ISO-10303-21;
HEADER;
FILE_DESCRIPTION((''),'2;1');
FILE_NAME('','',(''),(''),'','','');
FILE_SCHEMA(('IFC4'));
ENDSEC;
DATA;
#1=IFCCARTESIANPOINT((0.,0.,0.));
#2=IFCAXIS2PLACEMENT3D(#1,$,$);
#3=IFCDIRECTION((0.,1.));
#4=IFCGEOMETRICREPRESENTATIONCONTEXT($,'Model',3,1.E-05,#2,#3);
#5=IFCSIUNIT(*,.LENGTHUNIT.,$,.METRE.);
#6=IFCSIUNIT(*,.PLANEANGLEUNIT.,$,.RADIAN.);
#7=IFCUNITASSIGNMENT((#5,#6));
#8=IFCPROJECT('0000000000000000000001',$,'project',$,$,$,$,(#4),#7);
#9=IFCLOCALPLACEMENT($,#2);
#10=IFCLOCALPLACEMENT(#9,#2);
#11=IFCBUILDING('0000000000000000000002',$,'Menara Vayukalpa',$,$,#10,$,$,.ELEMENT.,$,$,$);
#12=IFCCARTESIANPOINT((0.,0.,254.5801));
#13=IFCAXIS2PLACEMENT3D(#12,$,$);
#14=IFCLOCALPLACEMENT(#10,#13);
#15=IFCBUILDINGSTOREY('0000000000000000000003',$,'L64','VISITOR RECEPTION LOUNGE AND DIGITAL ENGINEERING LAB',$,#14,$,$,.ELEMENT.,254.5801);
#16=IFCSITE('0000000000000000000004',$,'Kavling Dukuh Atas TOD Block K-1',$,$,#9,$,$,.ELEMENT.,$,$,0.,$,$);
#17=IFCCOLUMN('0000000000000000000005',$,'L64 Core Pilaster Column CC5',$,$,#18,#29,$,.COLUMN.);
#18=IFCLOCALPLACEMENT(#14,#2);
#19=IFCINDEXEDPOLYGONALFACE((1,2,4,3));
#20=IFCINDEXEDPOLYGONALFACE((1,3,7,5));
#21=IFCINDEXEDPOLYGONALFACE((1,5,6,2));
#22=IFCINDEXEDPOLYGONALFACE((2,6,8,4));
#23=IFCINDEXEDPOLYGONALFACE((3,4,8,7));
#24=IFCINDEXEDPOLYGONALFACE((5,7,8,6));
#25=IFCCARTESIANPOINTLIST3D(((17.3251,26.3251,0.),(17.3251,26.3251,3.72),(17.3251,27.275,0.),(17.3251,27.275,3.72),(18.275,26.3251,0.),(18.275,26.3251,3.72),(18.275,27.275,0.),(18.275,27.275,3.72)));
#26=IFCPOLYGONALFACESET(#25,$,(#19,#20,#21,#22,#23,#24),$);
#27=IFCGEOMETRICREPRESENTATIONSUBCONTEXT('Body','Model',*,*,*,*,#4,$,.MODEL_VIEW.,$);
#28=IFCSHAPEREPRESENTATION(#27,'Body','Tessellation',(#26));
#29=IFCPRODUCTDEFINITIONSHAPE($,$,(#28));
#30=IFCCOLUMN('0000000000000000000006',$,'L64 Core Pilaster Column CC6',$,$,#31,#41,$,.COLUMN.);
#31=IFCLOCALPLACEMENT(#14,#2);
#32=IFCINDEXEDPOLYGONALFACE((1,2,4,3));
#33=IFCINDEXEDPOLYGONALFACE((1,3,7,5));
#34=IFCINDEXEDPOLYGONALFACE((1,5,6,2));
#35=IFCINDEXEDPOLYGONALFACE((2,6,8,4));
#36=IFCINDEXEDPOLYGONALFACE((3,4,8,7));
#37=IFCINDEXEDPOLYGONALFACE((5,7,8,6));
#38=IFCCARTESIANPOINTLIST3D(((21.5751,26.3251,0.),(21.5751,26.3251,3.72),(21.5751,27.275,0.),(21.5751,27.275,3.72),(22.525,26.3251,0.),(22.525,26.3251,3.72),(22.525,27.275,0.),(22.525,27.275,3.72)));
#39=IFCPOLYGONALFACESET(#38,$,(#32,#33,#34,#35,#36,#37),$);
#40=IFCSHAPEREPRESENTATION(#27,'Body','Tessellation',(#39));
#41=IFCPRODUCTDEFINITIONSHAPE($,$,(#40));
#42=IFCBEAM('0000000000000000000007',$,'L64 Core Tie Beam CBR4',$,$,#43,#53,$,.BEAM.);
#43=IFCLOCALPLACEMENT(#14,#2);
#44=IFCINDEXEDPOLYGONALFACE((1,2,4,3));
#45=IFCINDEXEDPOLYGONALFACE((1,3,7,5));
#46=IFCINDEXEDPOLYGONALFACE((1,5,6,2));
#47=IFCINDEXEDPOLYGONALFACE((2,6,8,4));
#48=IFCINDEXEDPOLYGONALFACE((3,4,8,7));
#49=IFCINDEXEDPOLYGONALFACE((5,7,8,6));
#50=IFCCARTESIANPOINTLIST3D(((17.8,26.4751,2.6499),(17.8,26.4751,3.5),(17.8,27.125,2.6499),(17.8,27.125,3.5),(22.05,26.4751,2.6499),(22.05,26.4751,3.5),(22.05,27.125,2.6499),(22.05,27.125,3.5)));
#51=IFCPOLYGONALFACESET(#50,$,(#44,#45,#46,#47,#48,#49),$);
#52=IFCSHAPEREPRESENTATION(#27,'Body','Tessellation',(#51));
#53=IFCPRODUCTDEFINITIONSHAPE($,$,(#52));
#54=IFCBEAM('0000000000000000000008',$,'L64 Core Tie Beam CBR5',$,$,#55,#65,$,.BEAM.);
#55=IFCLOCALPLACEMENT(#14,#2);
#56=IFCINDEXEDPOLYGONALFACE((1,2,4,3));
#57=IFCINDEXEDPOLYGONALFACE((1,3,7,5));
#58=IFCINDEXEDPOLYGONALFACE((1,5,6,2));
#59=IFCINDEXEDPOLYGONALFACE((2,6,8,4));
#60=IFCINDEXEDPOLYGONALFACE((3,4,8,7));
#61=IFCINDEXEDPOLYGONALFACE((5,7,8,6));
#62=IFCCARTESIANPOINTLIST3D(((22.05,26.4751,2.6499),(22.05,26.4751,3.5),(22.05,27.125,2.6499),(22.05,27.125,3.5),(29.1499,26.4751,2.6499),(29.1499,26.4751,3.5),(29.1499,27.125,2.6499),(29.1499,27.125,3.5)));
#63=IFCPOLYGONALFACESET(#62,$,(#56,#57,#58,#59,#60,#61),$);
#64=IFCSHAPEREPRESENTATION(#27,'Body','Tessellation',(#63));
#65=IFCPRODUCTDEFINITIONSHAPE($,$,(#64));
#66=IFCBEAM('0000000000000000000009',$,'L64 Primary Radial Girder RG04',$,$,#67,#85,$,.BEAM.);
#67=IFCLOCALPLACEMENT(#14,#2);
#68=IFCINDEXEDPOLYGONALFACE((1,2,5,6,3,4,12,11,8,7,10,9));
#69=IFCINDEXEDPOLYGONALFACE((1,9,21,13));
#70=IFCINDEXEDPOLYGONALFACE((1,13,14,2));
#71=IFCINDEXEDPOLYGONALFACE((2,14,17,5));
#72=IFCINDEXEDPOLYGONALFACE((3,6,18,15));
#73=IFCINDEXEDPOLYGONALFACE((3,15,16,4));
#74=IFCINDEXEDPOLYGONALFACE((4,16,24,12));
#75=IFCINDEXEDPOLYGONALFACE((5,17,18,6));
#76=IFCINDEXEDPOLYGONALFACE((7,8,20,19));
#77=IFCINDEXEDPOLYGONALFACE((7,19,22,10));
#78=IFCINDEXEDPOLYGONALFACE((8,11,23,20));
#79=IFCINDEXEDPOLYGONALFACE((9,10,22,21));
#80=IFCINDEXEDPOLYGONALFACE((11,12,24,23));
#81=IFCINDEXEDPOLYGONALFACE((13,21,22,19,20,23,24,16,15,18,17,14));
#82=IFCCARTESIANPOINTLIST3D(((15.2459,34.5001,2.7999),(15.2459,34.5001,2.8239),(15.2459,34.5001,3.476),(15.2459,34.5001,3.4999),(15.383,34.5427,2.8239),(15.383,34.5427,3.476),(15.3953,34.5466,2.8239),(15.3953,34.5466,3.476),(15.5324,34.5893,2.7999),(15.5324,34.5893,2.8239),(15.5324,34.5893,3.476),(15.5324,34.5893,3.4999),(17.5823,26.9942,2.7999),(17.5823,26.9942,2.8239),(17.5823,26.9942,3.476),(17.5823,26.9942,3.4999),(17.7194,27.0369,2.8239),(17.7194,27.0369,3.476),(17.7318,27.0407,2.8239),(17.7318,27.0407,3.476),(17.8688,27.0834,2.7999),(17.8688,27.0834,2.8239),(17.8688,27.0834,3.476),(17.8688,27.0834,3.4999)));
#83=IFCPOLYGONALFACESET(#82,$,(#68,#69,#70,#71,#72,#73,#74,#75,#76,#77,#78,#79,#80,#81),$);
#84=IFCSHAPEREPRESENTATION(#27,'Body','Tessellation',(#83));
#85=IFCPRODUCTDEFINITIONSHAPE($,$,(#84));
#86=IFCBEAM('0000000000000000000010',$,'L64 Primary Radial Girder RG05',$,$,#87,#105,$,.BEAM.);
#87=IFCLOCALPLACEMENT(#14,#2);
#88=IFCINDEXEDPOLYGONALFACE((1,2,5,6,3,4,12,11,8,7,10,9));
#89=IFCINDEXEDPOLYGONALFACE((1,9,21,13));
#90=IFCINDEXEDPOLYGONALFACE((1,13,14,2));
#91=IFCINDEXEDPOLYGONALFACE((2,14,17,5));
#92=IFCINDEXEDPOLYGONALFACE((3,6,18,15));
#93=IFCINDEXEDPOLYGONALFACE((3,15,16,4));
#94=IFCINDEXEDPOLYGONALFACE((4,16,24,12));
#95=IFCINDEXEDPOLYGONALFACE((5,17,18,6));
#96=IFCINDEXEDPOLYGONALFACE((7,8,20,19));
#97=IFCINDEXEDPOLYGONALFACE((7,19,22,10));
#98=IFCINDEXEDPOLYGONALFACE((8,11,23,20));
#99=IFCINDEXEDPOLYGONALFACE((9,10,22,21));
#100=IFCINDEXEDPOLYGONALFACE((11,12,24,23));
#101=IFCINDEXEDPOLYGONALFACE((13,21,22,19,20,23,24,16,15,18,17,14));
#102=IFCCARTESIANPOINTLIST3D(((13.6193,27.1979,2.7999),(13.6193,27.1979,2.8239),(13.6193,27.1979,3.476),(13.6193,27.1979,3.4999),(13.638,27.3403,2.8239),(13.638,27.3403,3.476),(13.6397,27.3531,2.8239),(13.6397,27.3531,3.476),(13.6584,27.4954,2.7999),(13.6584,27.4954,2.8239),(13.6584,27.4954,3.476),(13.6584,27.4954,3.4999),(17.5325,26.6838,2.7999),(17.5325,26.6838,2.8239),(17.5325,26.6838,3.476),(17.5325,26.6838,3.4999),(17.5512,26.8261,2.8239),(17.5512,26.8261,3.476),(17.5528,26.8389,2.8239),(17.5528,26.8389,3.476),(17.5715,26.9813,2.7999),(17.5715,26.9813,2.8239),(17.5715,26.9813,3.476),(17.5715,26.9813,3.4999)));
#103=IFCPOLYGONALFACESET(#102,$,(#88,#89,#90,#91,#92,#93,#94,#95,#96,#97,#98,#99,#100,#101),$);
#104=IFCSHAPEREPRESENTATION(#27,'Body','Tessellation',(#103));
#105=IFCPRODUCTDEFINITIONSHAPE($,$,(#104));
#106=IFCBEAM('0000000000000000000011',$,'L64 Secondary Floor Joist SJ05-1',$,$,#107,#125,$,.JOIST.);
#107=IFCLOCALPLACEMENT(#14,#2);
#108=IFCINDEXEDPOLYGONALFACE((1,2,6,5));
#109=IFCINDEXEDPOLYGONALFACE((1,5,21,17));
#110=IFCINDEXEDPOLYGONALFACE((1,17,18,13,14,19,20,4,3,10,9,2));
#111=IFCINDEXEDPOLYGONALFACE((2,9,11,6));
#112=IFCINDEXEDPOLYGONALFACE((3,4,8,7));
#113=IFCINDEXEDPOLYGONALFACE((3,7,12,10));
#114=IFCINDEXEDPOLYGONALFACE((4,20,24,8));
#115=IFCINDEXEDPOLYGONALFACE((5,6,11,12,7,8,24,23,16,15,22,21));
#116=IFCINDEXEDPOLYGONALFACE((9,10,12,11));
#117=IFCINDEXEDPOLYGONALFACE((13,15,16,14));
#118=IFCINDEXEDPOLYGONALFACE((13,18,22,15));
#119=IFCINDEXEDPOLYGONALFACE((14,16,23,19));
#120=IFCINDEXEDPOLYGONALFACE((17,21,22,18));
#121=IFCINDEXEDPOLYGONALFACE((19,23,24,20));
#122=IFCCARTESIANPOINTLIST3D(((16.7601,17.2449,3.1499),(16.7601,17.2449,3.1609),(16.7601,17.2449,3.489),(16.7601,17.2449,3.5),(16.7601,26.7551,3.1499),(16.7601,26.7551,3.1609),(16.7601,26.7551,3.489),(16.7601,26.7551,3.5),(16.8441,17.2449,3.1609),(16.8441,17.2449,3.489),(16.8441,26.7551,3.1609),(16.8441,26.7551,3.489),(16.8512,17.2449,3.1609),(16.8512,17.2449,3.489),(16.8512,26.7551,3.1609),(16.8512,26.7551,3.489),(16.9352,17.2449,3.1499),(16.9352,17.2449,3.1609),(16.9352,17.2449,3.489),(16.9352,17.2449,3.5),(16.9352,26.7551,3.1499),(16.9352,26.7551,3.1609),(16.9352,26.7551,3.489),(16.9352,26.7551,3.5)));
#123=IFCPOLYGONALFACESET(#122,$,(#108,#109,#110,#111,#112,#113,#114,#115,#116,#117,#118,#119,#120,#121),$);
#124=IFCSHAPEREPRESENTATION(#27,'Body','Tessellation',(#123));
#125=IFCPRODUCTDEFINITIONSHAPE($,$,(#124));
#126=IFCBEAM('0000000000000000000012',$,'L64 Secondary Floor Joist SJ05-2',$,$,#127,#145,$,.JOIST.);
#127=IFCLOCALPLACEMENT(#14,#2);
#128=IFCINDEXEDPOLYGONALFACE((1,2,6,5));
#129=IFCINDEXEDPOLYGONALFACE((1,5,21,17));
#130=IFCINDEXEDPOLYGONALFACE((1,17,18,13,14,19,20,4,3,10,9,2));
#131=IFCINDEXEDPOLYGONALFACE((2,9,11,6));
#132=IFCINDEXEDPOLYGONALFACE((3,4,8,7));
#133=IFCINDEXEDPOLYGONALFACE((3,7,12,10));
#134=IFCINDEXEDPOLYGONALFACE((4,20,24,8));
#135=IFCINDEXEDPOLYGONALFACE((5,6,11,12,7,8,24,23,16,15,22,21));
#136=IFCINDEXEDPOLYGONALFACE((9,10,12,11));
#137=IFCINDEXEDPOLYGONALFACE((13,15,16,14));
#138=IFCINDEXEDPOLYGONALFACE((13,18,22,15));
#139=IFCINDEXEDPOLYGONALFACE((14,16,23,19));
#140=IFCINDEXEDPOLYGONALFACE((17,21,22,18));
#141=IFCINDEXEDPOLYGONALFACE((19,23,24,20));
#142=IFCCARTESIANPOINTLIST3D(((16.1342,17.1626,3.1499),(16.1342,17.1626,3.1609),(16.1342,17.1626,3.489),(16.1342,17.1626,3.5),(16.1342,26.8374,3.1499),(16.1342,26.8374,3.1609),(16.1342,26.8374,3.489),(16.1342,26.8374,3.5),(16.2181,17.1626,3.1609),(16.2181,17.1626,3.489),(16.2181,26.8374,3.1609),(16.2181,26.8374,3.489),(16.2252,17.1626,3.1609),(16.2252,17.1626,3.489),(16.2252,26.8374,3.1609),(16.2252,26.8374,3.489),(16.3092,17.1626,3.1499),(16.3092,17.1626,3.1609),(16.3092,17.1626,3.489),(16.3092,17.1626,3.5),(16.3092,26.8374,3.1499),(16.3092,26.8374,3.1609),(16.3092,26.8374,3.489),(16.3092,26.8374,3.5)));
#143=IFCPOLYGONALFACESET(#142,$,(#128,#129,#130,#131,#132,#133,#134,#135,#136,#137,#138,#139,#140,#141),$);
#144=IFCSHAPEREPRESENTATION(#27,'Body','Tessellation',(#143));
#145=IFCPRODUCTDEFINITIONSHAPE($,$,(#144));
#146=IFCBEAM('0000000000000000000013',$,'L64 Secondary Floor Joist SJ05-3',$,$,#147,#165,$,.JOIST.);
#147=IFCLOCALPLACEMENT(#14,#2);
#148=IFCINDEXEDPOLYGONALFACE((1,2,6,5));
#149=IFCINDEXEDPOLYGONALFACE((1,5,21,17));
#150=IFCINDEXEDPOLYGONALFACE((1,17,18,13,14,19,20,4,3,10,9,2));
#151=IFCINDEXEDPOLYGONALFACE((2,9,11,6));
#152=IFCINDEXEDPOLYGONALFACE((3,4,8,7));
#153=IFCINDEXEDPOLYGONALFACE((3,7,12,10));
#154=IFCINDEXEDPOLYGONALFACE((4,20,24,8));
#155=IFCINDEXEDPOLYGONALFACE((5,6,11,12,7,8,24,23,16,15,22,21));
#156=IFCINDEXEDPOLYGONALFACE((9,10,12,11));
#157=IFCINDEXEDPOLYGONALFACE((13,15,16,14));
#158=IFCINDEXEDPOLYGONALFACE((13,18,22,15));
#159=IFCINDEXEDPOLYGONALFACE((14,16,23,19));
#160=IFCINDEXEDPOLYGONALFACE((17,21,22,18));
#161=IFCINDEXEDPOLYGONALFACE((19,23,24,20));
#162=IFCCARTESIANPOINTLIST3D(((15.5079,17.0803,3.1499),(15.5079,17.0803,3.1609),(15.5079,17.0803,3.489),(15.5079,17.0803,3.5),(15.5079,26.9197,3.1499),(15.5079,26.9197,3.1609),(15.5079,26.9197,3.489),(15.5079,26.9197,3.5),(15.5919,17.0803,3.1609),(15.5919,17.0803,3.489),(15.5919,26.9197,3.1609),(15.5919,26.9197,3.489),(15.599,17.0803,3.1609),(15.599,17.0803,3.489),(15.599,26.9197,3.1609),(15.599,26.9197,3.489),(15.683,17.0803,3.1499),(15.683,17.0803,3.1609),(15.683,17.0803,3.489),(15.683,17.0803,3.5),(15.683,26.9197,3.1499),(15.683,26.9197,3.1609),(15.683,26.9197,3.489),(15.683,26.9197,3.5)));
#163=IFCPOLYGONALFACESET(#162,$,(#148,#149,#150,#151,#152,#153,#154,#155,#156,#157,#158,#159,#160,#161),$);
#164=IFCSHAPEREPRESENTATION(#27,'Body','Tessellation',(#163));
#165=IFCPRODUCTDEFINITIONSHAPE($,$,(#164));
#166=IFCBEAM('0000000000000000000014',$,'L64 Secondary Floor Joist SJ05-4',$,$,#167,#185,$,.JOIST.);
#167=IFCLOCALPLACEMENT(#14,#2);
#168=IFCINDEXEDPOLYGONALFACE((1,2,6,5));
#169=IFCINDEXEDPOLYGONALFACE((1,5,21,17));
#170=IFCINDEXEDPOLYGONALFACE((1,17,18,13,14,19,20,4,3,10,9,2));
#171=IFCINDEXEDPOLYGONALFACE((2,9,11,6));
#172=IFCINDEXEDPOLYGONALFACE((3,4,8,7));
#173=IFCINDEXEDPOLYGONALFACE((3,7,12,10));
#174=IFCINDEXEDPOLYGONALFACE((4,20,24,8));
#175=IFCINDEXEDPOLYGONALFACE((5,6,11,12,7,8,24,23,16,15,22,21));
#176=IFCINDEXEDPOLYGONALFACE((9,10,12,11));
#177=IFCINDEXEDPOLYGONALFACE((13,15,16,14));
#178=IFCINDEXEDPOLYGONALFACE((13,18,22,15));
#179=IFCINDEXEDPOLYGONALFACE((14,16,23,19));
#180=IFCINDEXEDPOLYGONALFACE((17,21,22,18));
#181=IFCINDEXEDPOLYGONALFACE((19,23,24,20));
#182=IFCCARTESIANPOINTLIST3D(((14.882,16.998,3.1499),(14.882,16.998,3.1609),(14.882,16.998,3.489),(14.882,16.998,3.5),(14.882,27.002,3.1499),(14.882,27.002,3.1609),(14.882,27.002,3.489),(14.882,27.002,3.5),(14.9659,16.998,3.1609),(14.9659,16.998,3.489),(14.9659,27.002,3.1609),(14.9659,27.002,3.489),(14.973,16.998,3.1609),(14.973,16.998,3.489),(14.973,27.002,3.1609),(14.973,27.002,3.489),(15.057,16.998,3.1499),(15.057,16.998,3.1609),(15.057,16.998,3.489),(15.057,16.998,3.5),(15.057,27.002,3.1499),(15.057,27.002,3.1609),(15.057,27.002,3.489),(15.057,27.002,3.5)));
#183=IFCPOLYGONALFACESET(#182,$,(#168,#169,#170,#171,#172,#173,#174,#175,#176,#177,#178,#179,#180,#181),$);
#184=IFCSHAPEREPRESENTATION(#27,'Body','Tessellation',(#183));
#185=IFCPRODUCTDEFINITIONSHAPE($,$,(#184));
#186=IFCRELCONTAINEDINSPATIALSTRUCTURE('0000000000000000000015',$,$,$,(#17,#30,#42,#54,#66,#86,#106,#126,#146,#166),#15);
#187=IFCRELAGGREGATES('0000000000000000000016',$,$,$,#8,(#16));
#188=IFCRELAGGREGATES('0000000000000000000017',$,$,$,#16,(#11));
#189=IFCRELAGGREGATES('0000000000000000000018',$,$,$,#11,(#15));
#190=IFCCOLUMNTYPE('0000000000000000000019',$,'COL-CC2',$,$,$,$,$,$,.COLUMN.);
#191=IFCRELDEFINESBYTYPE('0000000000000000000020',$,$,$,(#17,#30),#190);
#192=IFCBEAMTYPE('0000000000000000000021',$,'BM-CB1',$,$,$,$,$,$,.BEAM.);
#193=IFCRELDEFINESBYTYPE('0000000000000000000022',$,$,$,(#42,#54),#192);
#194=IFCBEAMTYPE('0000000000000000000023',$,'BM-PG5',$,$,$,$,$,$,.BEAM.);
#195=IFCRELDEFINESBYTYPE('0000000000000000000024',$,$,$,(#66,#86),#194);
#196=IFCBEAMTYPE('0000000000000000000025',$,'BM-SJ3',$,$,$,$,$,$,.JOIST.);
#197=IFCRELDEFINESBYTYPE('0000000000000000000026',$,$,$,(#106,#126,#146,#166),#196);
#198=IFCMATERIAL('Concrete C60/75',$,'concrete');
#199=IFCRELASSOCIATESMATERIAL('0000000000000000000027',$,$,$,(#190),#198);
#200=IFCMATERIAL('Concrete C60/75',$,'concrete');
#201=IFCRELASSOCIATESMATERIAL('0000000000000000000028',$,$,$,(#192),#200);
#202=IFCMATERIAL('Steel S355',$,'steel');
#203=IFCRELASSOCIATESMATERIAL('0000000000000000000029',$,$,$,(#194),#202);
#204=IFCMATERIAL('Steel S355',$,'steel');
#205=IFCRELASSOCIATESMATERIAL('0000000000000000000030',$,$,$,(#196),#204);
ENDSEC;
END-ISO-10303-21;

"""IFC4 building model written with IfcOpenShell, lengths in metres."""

from ifc_helpers import new_model, si_unit, direction, frame, origin, origin_2d, place, context, subcontext, project, spatial, rectangle, i_section, extrude, material, material_profile, profile_set, type_object, element, save


model = new_model("IFC4")

# Units and contexts
model_context = context("Model", 3, precision=1e-05, world=origin(), true_north=direction((0.0, 1.0)))
body_context = subcontext(model_context, "Body", "Model", "MODEL_VIEW")
ifc_project = project(units=[si_unit("LENGTHUNIT", "METRE"), si_unit("PLANEANGLEUNIT", "RADIAN")], contexts=[model_context])

# Site, building, storey
site_placement = place(None, origin())
site = spatial("IfcSite", under=ifc_project, at=site_placement, Name="Kavling Dukuh Atas TOD Block K-1", CompositionType="ELEMENT", RefElevation=0.0)
building_placement = place(site_placement, origin())
building = spatial("IfcBuilding", under=site, at=building_placement, Name="Menara Vayukalpa", CompositionType="ELEMENT")
storey_placement = place(building_placement, frame((0.0, 0.0, 254.5801)))
storey = spatial("IfcBuildingStorey", under=building, at=storey_placement, Name="L64", Description="VISITOR RECEPTION LOUNGE AND DIGITAL ENGINEERING LAB", CompositionType="ELEMENT", Elevation=254.5801)

# Columns
ifc_material_1 = material(Name="Concrete C60/75", Category="concrete")
ifc_material_profile_1 = material_profile(ifc_material_1, rectangle(XDim=0.95, YDim=0.95, at=origin_2d()), Name="RC 950x950")
ifc_profile_set_1 = profile_set([ifc_material_profile_1], Name="Concrete C60/75")
column_type = type_object("IfcColumnType", Name="COL-CC2", PredefinedType="COLUMN", material=ifc_profile_set_1)
for number, where, z_axis, x_axis, name in (
    (1, (17.8, 26.8, 0.0), (0.0, 0.0, 1.0), (1.0, 0.0, 0.0), "L64 Core Pilaster Column CC5"),
    (2, (22.05, 26.8, 0.0), (0.0, 0.0, 1.0), (1.0, 0.0, 0.0), "L64 Core Pilaster Column CC6"),
):
    element("IfcColumn", number, at=place(storey_placement, frame(where, z_axis=z_axis, x_axis=x_axis)), inside=storey, type_object=column_type, Name=name, PredefinedType="COLUMN", context=body_context, shape_type="SweptSolid", body=[
        extrude(rectangle(XDim=0.95, YDim=0.95, at=origin_2d()), origin(), (0.0, 0.0, 1.0), 3.72),
    ])

# Beams
ifc_material_2 = material(Name="Concrete C60/75", Category="concrete")
ifc_material_profile_2 = material_profile(ifc_material_2, rectangle(XDim=0.6499, YDim=0.8501, at=origin_2d()), Name="RC 650x850")
ifc_profile_set_2 = profile_set([ifc_material_profile_2], Name="Concrete C60/75")
beam_type_1 = type_object("IfcBeamType", Name="BM-CB1", PredefinedType="BEAM", material=ifc_profile_set_2)
beam_1_placement = place(storey_placement, frame((17.8, 26.8, 3.075), z_axis=(1.0, 0.0, 0.0), x_axis=(0.0, 1.0, 0.0)))
element("IfcBeam", 3, at=beam_1_placement, inside=storey, type_object=beam_type_1, Name="L64 Core Tie Beam CBR4", PredefinedType="BEAM", context=body_context, shape_type="SweptSolid", body=[
    extrude(rectangle(XDim=0.6499, YDim=0.8501, at=origin_2d()), origin(), (0.0, 0.0, 1.0), 4.25),
])
beam_2_placement = place(storey_placement, frame((22.05, 26.8, 3.075), z_axis=(1.0, 0.0, 0.0), x_axis=(0.0, 1.0, 0.0)))
element("IfcBeam", 4, at=beam_2_placement, inside=storey, type_object=beam_type_1, Name="L64 Core Tie Beam CBR5", PredefinedType="BEAM", context=body_context, shape_type="SweptSolid", body=[
    extrude(rectangle(XDim=0.6499, YDim=0.8501, at=origin_2d()), origin(), (0.0, 0.0, 1.0), 7.0999),
])
ifc_material_3 = material(Name="Steel S355", Category="steel")
ifc_material_profile_3 = material_profile(ifc_material_3, i_section(OverallWidth=0.3, OverallDepth=0.7, WebThickness=0.0129, FlangeThickness=0.0239, at=origin_2d()), Name="WF 700x300x13x24")
ifc_profile_set_3 = profile_set([ifc_material_profile_3], Name="Steel S355")
beam_type_2 = type_object("IfcBeamType", Name="BM-PG5", PredefinedType="BEAM", material=ifc_profile_set_3)
beam_3_placement = place(storey_placement, frame((17.7256, 27.0388, 3.1499), z_axis=(-0.297214, 0.954811, 0.0), x_axis=(-0.954811, -0.297214, 0.0)))
element("IfcBeam", 5, at=beam_3_placement, inside=storey, type_object=beam_type_2, Name="L64 Primary Radial Girder RG04", PredefinedType="BEAM", context=body_context, shape_type="SweptSolid", body=[
    extrude(i_section(OverallWidth=0.3, OverallDepth=0.7, WebThickness=0.0129, FlangeThickness=0.0239, at=origin_2d()), origin(), (0.0, 0.0, 1.0), 7.8611),
])
beam_4_placement = place(storey_placement, frame((17.552, 26.8325, 3.1499), z_axis=(-0.991478, 0.130275, 0.0), x_axis=(-0.130275, -0.991478, 0.0)))
element("IfcBeam", 6, at=beam_4_placement, inside=storey, type_object=beam_type_2, Name="L64 Primary Radial Girder RG05", PredefinedType="BEAM", context=body_context, shape_type="SweptSolid", body=[
    extrude(i_section(OverallWidth=0.3, OverallDepth=0.7, WebThickness=0.0129, FlangeThickness=0.0239, at=origin_2d()), origin(), (0.0, 0.0, 1.0), 3.9468),
])
ifc_material_4 = material(Name="Steel S355", Category="steel")
ifc_material_profile_4 = material_profile(ifc_material_4, i_section(OverallWidth=0.175, OverallDepth=0.3501, WebThickness=0.0071, FlangeThickness=0.011, at=origin_2d()), Name="WF 350x175x7x11")
ifc_profile_set_4 = profile_set([ifc_material_profile_4], Name="Steel S355")
beam_type_3 = type_object("IfcBeamType", Name="BM-SJ3", PredefinedType="JOIST", material=ifc_profile_set_4)
beam_5_placement = place(storey_placement, frame((16.8477, 26.7551, 3.325), z_axis=(0.0, -1.0, 0.0), x_axis=(1.0, 0.0, 0.0)))
element("IfcBeam", 7, at=beam_5_placement, inside=storey, type_object=beam_type_3, Name="L64 Secondary Floor Joist SJ05-1", PredefinedType="JOIST", context=body_context, shape_type="SweptSolid", body=[
    extrude(i_section(OverallWidth=0.175, OverallDepth=0.3501, WebThickness=0.0071, FlangeThickness=0.011, at=origin_2d()), origin(), (0.0, 0.0, 1.0), 9.5103),
])
beam_6_placement = place(storey_placement, frame((16.2217, 26.8374, 3.325), z_axis=(0.0, -1.0, 0.0), x_axis=(1.0, 0.0, 0.0)))
element("IfcBeam", 8, at=beam_6_placement, inside=storey, type_object=beam_type_3, Name="L64 Secondary Floor Joist SJ05-2", PredefinedType="JOIST", context=body_context, shape_type="SweptSolid", body=[
    extrude(i_section(OverallWidth=0.175, OverallDepth=0.3501, WebThickness=0.0071, FlangeThickness=0.011, at=origin_2d()), origin(), (0.0, 0.0, 1.0), 9.6748),
])
beam_7_placement = place(storey_placement, frame((15.5955, 26.9197, 3.325), z_axis=(0.0, -1.0, 0.0), x_axis=(1.0, 0.0, 0.0)))
element("IfcBeam", 9, at=beam_7_placement, inside=storey, type_object=beam_type_3, Name="L64 Secondary Floor Joist SJ05-3", PredefinedType="JOIST", context=body_context, shape_type="SweptSolid", body=[
    extrude(i_section(OverallWidth=0.175, OverallDepth=0.3501, WebThickness=0.0071, FlangeThickness=0.011, at=origin_2d()), origin(), (0.0, 0.0, 1.0), 9.8394),
])
beam_8_placement = place(storey_placement, frame((14.9695, 27.002, 3.325), z_axis=(0.0, -1.0, 0.0), x_axis=(1.0, 0.0, 0.0)))
element("IfcBeam", 10, at=beam_8_placement, inside=storey, type_object=beam_type_3, Name="L64 Secondary Floor Joist SJ05-4", PredefinedType="JOIST", context=body_context, shape_type="SweptSolid", body=[
    extrude(i_section(OverallWidth=0.175, OverallDepth=0.3501, WebThickness=0.0071, FlangeThickness=0.011, at=origin_2d()), origin(), (0.0, 0.0, 1.0), 10.0039),
])

save(model, "model.ifc")
